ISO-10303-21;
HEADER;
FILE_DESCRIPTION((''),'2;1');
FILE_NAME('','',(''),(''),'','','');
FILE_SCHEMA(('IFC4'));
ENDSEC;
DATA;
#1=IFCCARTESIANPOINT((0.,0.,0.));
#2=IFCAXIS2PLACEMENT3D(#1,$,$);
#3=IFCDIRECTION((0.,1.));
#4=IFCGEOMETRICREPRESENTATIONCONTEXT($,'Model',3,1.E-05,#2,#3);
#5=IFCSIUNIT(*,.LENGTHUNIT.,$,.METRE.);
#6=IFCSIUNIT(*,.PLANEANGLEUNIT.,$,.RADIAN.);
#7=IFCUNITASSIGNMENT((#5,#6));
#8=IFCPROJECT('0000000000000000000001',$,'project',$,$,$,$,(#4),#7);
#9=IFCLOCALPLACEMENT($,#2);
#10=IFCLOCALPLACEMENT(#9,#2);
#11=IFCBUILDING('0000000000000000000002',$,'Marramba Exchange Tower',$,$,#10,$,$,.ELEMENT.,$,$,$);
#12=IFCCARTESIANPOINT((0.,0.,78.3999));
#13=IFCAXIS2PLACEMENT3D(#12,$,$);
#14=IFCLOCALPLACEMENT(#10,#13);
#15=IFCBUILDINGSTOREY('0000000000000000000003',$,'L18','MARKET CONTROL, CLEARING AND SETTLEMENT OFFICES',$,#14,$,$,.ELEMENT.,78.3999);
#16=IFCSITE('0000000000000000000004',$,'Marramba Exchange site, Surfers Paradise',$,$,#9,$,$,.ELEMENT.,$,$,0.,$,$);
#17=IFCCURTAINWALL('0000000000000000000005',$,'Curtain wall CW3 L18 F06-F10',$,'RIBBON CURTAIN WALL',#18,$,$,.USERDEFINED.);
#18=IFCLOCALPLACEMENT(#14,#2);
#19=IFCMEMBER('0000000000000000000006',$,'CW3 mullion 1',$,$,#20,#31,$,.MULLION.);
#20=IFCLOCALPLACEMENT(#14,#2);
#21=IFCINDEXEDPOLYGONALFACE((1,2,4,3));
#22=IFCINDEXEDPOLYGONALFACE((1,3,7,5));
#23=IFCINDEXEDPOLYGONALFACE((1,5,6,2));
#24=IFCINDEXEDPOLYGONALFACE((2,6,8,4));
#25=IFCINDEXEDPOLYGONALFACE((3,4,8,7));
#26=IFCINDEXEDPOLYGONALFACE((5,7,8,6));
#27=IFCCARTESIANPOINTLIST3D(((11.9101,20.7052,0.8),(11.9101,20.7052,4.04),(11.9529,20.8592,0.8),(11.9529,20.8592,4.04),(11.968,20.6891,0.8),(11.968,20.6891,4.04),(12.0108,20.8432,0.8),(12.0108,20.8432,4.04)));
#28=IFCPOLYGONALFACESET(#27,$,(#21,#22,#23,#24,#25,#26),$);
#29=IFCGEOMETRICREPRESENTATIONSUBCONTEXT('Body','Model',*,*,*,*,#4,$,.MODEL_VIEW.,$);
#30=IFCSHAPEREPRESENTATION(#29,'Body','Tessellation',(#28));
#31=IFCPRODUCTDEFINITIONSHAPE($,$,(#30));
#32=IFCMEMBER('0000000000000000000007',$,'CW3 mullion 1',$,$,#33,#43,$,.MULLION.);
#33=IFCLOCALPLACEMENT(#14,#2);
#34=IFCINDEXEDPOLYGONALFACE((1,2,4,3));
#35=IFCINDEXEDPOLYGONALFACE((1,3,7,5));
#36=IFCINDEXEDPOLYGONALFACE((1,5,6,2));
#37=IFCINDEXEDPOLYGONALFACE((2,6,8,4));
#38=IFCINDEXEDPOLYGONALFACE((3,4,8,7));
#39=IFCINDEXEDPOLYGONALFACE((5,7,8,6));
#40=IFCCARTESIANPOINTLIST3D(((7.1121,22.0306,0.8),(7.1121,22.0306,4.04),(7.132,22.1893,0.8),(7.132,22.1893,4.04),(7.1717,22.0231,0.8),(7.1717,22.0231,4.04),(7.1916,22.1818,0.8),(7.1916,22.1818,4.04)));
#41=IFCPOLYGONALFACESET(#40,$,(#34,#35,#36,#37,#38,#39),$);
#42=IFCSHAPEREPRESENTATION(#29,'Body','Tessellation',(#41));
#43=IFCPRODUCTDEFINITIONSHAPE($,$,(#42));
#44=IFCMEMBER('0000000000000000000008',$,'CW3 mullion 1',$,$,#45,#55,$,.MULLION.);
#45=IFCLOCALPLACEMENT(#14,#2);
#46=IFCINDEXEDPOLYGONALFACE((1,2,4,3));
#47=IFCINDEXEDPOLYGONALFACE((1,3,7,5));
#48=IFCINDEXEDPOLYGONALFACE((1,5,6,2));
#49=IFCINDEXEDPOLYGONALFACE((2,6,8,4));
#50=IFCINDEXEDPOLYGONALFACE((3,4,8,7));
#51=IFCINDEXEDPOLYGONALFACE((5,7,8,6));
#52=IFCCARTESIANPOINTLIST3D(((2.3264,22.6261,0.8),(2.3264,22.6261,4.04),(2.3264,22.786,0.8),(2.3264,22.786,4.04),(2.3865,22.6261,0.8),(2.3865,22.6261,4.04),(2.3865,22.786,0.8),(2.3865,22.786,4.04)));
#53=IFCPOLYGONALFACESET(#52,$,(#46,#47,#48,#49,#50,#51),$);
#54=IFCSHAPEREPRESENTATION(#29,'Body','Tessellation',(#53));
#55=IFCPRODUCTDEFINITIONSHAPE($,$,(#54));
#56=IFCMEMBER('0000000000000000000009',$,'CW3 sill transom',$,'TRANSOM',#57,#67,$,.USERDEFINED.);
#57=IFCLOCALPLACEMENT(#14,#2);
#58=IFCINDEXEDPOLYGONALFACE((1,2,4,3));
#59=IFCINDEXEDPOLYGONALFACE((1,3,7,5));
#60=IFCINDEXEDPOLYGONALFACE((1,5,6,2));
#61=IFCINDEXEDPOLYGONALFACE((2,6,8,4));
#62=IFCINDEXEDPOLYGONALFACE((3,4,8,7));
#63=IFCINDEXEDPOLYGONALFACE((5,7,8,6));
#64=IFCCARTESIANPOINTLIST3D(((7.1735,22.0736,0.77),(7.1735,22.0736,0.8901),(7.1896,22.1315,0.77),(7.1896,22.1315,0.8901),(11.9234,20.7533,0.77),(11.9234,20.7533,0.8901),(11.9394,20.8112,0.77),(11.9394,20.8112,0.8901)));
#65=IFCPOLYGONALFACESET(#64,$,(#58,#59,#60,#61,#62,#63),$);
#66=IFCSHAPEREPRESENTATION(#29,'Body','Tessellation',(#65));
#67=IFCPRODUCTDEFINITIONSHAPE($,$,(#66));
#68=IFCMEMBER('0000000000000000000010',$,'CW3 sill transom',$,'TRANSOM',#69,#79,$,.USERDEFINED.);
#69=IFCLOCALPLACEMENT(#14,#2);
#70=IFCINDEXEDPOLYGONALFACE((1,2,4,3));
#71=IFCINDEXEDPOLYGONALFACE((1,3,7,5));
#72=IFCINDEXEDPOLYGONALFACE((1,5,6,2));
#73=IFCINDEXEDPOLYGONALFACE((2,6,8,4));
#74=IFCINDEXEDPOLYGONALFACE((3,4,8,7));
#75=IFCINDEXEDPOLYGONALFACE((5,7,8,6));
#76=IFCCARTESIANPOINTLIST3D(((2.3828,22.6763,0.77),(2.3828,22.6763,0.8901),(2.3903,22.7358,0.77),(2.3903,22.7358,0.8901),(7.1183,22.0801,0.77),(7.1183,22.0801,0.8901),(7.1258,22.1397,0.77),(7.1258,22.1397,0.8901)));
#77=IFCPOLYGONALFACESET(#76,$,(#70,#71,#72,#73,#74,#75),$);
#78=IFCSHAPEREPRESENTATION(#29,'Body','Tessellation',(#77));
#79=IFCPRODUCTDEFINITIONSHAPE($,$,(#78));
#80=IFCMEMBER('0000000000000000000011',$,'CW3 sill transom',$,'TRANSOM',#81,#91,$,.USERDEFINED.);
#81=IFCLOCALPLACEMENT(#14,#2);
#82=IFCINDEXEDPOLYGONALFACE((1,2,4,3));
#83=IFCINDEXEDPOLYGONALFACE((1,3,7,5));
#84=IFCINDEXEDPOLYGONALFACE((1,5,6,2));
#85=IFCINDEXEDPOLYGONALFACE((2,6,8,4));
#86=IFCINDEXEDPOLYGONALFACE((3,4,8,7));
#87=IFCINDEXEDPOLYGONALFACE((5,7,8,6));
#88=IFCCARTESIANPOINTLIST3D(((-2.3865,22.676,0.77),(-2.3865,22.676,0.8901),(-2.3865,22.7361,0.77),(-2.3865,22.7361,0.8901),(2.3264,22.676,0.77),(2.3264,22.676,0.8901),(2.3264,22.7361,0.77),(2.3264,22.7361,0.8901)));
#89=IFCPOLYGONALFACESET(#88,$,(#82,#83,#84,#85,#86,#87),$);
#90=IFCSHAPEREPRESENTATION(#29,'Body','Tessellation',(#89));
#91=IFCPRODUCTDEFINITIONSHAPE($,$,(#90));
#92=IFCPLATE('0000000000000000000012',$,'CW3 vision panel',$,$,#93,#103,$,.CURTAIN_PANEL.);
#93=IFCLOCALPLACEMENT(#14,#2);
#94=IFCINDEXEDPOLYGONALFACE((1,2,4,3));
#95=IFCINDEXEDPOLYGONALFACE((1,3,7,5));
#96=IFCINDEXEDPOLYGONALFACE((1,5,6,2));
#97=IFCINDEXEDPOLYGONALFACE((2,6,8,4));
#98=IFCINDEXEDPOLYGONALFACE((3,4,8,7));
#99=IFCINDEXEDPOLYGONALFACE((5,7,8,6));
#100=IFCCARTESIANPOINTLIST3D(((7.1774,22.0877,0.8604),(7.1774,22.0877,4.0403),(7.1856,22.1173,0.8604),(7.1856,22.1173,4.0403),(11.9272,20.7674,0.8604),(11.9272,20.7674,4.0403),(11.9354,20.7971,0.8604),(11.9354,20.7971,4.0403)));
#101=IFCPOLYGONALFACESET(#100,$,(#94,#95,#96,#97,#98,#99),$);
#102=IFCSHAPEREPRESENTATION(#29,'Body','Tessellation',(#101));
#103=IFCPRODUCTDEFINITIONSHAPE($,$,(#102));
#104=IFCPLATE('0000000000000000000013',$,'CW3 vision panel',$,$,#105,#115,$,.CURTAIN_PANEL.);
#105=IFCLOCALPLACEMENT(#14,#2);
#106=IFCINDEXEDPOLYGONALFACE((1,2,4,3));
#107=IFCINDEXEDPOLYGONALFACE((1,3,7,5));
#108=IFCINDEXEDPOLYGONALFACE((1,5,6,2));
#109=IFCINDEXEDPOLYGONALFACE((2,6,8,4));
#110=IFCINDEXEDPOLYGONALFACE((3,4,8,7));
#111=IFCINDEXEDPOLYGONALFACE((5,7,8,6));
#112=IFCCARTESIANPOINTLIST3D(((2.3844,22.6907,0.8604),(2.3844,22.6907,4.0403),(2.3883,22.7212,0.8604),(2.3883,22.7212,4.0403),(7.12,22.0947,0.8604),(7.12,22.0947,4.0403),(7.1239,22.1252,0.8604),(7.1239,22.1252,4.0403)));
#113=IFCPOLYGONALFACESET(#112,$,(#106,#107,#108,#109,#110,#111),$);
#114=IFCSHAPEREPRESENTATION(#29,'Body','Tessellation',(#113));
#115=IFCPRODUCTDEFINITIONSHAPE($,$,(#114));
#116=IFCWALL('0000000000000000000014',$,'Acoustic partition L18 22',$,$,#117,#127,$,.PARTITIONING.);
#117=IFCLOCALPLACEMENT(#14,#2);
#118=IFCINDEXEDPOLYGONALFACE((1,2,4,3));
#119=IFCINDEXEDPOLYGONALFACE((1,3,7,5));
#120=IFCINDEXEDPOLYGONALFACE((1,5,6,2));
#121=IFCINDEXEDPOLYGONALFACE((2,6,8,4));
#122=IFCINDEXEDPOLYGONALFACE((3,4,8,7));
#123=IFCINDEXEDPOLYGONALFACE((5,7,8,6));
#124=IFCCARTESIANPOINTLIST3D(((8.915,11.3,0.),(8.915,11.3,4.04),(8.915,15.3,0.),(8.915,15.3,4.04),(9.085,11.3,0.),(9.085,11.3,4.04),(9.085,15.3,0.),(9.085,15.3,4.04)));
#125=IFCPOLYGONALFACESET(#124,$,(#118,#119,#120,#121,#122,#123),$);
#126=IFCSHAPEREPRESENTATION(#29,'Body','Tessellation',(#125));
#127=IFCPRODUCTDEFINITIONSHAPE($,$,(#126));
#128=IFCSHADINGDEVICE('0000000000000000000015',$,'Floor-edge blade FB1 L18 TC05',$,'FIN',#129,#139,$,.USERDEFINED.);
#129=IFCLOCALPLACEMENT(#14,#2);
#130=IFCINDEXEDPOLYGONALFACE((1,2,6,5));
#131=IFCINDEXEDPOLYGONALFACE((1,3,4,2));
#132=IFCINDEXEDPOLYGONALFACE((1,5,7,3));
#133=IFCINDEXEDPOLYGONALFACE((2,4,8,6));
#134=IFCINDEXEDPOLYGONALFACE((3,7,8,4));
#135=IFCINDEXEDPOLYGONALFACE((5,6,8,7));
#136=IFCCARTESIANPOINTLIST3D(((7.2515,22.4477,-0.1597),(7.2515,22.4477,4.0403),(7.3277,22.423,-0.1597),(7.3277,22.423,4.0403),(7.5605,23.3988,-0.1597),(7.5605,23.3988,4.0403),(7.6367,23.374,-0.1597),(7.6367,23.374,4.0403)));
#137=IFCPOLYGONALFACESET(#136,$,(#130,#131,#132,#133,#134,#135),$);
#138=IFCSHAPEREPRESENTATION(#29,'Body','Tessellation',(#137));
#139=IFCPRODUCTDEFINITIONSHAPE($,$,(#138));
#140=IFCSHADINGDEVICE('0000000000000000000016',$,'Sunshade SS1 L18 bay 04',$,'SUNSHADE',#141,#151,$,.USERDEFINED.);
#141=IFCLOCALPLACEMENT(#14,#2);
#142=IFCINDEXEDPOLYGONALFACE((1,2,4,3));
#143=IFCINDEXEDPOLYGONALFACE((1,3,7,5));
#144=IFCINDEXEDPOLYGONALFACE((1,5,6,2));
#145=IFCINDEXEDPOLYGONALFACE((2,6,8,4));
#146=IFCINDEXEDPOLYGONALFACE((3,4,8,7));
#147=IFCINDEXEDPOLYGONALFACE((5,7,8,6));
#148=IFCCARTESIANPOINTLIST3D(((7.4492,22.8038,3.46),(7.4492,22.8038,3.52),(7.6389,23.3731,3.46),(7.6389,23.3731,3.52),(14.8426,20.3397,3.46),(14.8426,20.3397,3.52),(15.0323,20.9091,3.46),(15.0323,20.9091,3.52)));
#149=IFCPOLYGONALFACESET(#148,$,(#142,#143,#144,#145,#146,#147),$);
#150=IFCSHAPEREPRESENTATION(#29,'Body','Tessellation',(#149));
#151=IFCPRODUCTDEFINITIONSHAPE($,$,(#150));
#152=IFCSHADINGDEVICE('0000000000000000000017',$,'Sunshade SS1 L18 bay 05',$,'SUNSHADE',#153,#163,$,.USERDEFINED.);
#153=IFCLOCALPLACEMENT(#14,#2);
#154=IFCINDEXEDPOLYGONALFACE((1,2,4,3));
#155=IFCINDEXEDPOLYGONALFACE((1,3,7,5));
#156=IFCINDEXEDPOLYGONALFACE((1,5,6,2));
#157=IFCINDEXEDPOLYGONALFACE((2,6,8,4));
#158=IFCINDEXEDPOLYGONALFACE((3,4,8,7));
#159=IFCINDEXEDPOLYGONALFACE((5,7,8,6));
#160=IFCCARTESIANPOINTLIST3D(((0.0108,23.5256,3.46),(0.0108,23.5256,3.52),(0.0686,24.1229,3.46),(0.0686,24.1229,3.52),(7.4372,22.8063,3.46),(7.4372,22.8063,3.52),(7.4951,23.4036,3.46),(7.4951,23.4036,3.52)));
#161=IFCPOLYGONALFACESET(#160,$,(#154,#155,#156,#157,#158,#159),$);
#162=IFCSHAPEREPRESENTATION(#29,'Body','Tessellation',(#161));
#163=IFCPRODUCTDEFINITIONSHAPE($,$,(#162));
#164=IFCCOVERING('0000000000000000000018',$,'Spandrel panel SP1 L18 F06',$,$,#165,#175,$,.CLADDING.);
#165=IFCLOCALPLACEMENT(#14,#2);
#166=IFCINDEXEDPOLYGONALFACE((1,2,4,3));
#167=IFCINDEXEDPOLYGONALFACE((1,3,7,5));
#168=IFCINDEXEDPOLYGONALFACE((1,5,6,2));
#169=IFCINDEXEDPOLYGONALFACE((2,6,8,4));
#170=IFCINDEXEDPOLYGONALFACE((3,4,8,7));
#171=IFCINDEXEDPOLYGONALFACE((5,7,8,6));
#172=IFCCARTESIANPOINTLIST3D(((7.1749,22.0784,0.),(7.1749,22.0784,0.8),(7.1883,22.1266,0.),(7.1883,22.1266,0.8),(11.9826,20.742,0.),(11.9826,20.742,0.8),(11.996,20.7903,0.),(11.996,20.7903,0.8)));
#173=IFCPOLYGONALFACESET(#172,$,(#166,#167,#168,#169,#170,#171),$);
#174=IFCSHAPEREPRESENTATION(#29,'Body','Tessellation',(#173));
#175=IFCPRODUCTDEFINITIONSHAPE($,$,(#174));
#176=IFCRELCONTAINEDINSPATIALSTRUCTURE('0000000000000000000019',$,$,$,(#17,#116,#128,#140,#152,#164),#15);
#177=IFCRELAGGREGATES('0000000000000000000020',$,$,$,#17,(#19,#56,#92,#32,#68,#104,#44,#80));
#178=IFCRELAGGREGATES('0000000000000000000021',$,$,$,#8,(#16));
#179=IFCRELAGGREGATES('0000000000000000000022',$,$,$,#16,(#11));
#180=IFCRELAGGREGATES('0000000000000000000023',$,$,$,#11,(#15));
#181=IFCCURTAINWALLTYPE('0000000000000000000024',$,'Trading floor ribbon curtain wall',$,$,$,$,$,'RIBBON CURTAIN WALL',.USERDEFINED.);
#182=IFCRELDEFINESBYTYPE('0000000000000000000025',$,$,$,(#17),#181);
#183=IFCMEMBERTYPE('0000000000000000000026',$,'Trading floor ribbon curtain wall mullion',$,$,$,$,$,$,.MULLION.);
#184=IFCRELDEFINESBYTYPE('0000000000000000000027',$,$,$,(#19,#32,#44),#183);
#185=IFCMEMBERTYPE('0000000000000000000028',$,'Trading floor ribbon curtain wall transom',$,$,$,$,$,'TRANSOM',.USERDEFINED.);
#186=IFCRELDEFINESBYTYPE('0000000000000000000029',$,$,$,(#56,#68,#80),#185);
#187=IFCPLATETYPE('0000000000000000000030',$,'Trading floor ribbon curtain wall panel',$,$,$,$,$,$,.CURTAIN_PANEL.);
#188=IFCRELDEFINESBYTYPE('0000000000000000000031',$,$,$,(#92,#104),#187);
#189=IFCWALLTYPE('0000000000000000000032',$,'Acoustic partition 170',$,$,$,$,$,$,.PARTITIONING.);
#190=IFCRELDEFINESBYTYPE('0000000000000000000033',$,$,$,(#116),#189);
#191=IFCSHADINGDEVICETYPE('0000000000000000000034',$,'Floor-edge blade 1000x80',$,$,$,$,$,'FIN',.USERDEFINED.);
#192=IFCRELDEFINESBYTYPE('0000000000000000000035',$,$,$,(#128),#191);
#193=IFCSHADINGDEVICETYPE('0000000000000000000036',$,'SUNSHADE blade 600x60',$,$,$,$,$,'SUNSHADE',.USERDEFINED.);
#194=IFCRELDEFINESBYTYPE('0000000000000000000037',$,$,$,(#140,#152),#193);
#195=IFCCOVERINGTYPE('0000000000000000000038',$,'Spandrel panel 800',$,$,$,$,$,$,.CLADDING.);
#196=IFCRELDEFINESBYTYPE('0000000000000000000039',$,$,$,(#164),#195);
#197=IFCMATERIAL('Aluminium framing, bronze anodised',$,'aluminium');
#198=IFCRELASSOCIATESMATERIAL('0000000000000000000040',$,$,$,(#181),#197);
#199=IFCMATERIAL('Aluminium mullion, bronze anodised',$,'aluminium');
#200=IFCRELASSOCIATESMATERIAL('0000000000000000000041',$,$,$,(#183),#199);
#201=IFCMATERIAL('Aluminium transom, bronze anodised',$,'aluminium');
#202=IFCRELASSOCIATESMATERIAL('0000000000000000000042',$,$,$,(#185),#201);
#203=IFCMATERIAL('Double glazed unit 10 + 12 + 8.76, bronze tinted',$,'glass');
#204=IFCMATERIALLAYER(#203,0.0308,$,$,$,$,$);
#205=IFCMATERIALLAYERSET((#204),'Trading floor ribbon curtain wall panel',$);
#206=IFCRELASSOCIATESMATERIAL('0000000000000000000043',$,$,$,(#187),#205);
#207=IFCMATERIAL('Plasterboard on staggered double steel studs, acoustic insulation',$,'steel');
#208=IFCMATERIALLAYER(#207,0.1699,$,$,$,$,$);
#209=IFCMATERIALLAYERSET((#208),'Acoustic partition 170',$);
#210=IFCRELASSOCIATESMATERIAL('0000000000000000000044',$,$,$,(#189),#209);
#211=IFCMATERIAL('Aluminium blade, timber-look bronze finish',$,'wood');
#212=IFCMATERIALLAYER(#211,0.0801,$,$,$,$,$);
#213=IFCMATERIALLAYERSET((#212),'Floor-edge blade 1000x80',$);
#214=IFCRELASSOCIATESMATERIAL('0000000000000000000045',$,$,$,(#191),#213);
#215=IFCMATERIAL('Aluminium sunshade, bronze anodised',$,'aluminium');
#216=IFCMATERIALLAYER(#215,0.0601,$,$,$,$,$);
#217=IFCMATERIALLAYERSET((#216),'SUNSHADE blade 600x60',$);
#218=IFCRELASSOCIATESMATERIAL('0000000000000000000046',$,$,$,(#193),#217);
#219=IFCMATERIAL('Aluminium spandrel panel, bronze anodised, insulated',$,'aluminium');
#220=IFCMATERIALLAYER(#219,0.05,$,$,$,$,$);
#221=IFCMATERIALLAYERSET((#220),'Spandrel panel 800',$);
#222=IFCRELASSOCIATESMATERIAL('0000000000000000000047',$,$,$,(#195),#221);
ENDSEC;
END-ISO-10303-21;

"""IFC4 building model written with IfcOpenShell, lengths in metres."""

from ifc_helpers import new_model, si_unit, direction, frame, frame_2d, origin, origin_2d, place, context, subcontext, project, spatial, rectangle, extrude, material, layer, layer_set, material_profile, profile_set, type_object, element, aggregate, save


model = new_model("IFC4")

# Units and contexts
model_context = context("Model", 3, precision=1e-05, world=origin(), true_north=direction((0.0, 1.0)))
body_context = subcontext(model_context, "Body", "Model", "MODEL_VIEW")
ifc_project = project(units=[si_unit("LENGTHUNIT", "METRE"), si_unit("PLANEANGLEUNIT", "RADIAN")], contexts=[model_context])

# Site, building, storey
site_placement = place(None, origin())
site = spatial("IfcSite", under=ifc_project, at=site_placement, Name="Marramba Exchange site, Surfers Paradise", CompositionType="ELEMENT", RefElevation=0.0)
building_placement = place(site_placement, origin())
building = spatial("IfcBuilding", under=site, at=building_placement, Name="Marramba Exchange Tower", CompositionType="ELEMENT")
storey_placement = place(building_placement, frame((0.0, 0.0, 78.3999)))
storey = spatial("IfcBuildingStorey", under=building, at=storey_placement, Name="L18", Description="MARKET CONTROL, CLEARING AND SETTLEMENT OFFICES", CompositionType="ELEMENT", Elevation=78.3999)

# Curtain wall, members, plates
ifc_material_1 = material(Name="Aluminium framing, bronze anodised", Category="aluminium")
curtain_wall_type = type_object("IfcCurtainWallType", Name="Trading floor ribbon curtain wall", ElementType="RIBBON CURTAIN WALL", PredefinedType="USERDEFINED", material=ifc_material_1)
curtain_wall_placement = place(storey_placement, origin())
curtain_wall = element("IfcCurtainWall", 1, at=curtain_wall_placement, inside=storey, type_object=curtain_wall_type, Name="Curtain wall CW3 L18 F06-F10", ObjectType="RIBBON CURTAIN WALL", PredefinedType="USERDEFINED")
ifc_material_2 = material(Name="Aluminium mullion, bronze anodised", Category="aluminium")
ifc_material_profile_1 = material_profile(ifc_material_2, rectangle(XDim=0.1599, YDim=0.0601, at=origin_2d()), Name="CW3 mullion 60x160")
ifc_profile_set_1 = profile_set([ifc_material_profile_1], Name="Aluminium mullion, bronze anodised")
member_type_1 = type_object("IfcMemberType", Name="Trading floor ribbon curtain wall mullion", PredefinedType="MULLION", material=ifc_profile_set_1)
member_1_placement = place(storey_placement, frame((11.9604, 20.7742, 0.8), z_axis=(0.0, 0.0, 1.0), x_axis=(-0.267809, -0.963472, 0.0)))
member_1 = element("IfcMember", 2, at=member_1_placement, type_object=member_type_1, Name="CW3 mullion 1", PredefinedType="MULLION", context=body_context, shape_type="SweptSolid", body=[
    extrude(rectangle(XDim=0.1599, YDim=0.0601, at=origin_2d()), origin(), (0.0, 0.0, 1.0), 3.24),
])
member_2_placement = place(storey_placement, frame((7.1519, 22.1062, 0.8), z_axis=(0.0, 0.0, 1.0), x_axis=(-0.124873, -0.992173, 0.0)))
member_2 = element("IfcMember", 3, at=member_2_placement, type_object=member_type_1, Name="CW3 mullion 1", PredefinedType="MULLION", context=body_context, shape_type="SweptSolid", body=[
    extrude(rectangle(XDim=0.1599, YDim=0.0601, at=origin_2d()), origin(), (0.0, 0.0, 1.0), 3.24),
])
member_3_placement = place(storey_placement, frame((2.3564, 22.7061, 0.8), z_axis=(0.0, 0.0, 1.0), x_axis=(0.0, -1.0, 0.0)))
member_3 = element("IfcMember", 4, at=member_3_placement, type_object=member_type_1, Name="CW3 mullion 1", PredefinedType="MULLION", context=body_context, shape_type="SweptSolid", body=[
    extrude(rectangle(XDim=0.1599, YDim=0.0601, at=origin_2d()), origin(), (0.0, 0.0, 1.0), 3.24),
])
ifc_material_3 = material(Name="Aluminium transom, bronze anodised", Category="aluminium")
ifc_material_profile_2 = material_profile(ifc_material_3, rectangle(XDim=0.0601, YDim=0.1201, at=origin_2d()), Name="CW3 transom 60x120")
ifc_profile_set_2 = profile_set([ifc_material_profile_2], Name="Aluminium transom, bronze anodised")
member_type_2 = type_object("IfcMemberType", Name="Trading floor ribbon curtain wall transom", ElementType="TRANSOM", PredefinedType="USERDEFINED", material=ifc_profile_set_2)
member_4_placement = place(storey_placement, frame((11.9314, 20.7822, 0.8301), z_axis=(-0.963469, 0.26782, 0.0), x_axis=(-0.26782, -0.963469, 0.0)))
member_4 = element("IfcMember", 5, at=member_4_placement, type_object=member_type_2, Name="CW3 sill transom", ObjectType="TRANSOM", PredefinedType="USERDEFINED", context=body_context, shape_type="SweptSolid", body=[
    extrude(rectangle(XDim=0.0601, YDim=0.1201, at=origin_2d()), origin(), (0.0, 0.0, 1.0), 4.9299),
])
member_5_placement = place(storey_placement, frame((7.1221, 22.1099, 0.8301), z_axis=(-0.992168, 0.12491, 0.0), x_axis=(-0.12491, -0.992168, 0.0)))
member_5 = element("IfcMember", 6, at=member_5_placement, type_object=member_type_2, Name="CW3 sill transom", ObjectType="TRANSOM", PredefinedType="USERDEFINED", context=body_context, shape_type="SweptSolid", body=[
    extrude(rectangle(XDim=0.0601, YDim=0.1201, at=origin_2d()), origin(), (0.0, 0.0, 1.0), 4.7729),
])
member_6_placement = place(storey_placement, frame((2.3264, 22.7061, 0.8301), z_axis=(-1.0, 0.0, 0.0), x_axis=(0.0, -1.0, 0.0)))
member_6 = element("IfcMember", 7, at=member_6_placement, type_object=member_type_2, Name="CW3 sill transom", ObjectType="TRANSOM", PredefinedType="USERDEFINED", context=body_context, shape_type="SweptSolid", body=[
    extrude(rectangle(XDim=0.0601, YDim=0.1201, at=origin_2d()), origin(), (0.0, 0.0, 1.0), 4.7129),
])
ifc_material_4 = material(Name="Double glazed unit 10 + 12 + 8.76, bronze tinted", Category="glass")
ifc_layer_1 = layer(ifc_material_4, 0.0308)
ifc_layer_set_1 = layer_set([ifc_layer_1], Name="Trading floor ribbon curtain wall panel")
plate_type = type_object("IfcPlateType", Name="Trading floor ribbon curtain wall panel", PredefinedType="CURTAIN_PANEL", material=ifc_layer_set_1)
plate_1_placement = place(storey_placement, frame((9.5564, 21.4424, 0.8604), z_axis=(0.0, 0.0, 1.0), x_axis=(-0.963472, 0.267809, 0.0)))
plate_1 = element("IfcPlate", 8, at=plate_1_placement, type_object=plate_type, Name="CW3 vision panel", PredefinedType="CURTAIN_PANEL", context=body_context, shape_type="SweptSolid", body=[
    extrude(rectangle(XDim=4.9299, YDim=0.0308, at=origin_2d()), origin(), (0.0, 0.0, 1.0), 3.1799),
])
plate_2_placement = place(storey_placement, frame((4.7542, 22.408, 0.8604), z_axis=(0.0, 0.0, 1.0), x_axis=(-0.992173, 0.124873, 0.0)))
plate_2 = element("IfcPlate", 9, at=plate_2_placement, type_object=plate_type, Name="CW3 vision panel", PredefinedType="CURTAIN_PANEL", context=body_context, shape_type="SweptSolid", body=[
    extrude(rectangle(XDim=4.7729, YDim=0.0308, at=origin_2d()), origin(), (0.0, 0.0, 1.0), 3.1799),
])
aggregate(curtain_wall, [member_1, member_4, plate_1, member_2, member_5, plate_2, member_3, member_6])

# Wall
ifc_material_5 = material(Name="Plasterboard on staggered double steel studs, acoustic insulation", Category="steel")
ifc_layer_2 = layer(ifc_material_5, 0.1699)
ifc_layer_set_2 = layer_set([ifc_layer_2], Name="Acoustic partition 170")
wall_type = type_object("IfcWallType", Name="Acoustic partition 170", PredefinedType="PARTITIONING", material=ifc_layer_set_2)
wall_placement = place(storey_placement, frame((9.0, 15.3, 0.0), z_axis=(0.0, 0.0, 1.0), x_axis=(0.0, -1.0, 0.0)))
element("IfcWall", 10, at=wall_placement, inside=storey, type_object=wall_type, Name="Acoustic partition L18 22", PredefinedType="PARTITIONING", context=body_context, shape_type="SweptSolid", body=[
    extrude(rectangle(XDim=4.0, YDim=0.1699, at=frame_2d((2.0, 0.0))), origin(), (0.0, 0.0, 1.0), 4.04),
])

# Shading devices
ifc_material_6 = material(Name="Aluminium blade, timber-look bronze finish", Category="wood")
ifc_layer_3 = layer(ifc_material_6, 0.0801)
ifc_layer_set_3 = layer_set([ifc_layer_3], Name="Floor-edge blade 1000x80")
shading_device_type_1 = type_object("IfcShadingDeviceType", Name="Floor-edge blade 1000x80", ElementType="FIN", PredefinedType="USERDEFINED", material=ifc_layer_set_3)
shading_device_1_placement = place(storey_placement, frame((7.4441, 22.9109, -0.1597), z_axis=(0.0, 0.0, 1.0), x_axis=(0.309017, 0.951057, 0.0)))
element("IfcShadingDevice", 11, at=shading_device_1_placement, inside=storey, type_object=shading_device_type_1, Name="Floor-edge blade FB1 L18 TC05", ObjectType="FIN", PredefinedType="USERDEFINED", context=body_context, shape_type="SweptSolid", body=[
    extrude(rectangle(XDim=1.0, YDim=0.0801, at=origin_2d()), origin(), (0.0, 0.0, 1.0), 4.2),
])
ifc_material_7 = material(Name="Aluminium sunshade, bronze anodised", Category="aluminium")
ifc_layer_4 = layer(ifc_material_7, 0.0601)
ifc_layer_set_4 = layer_set([ifc_layer_4], Name="SUNSHADE blade 600x60")
shading_device_type_2 = type_object("IfcShadingDeviceType", Name="SUNSHADE blade 600x60", ElementType="SUNSHADE", PredefinedType="USERDEFINED", material=ifc_layer_set_4)
shading_device_2_placement = place(storey_placement, frame((11.2407, 21.8564, 3.46), z_axis=(0.0, 0.0, 1.0), x_axis=(-0.948698, 0.316184, 0.0)))
element("IfcShadingDevice", 12, at=shading_device_2_placement, inside=storey, type_object=shading_device_type_2, Name="Sunshade SS1 L18 bay 04", ObjectType="SUNSHADE", PredefinedType="USERDEFINED", context=body_context, shape_type="SweptSolid", body=[
    extrude(rectangle(XDim=7.7932, YDim=0.6001, at=origin_2d()), origin(), (0.0, 0.0, 1.0), 0.0601),
])
shading_device_3_placement = place(storey_placement, frame((3.7529, 23.4646, 3.46), z_axis=(0.0, 0.0, 1.0), x_axis=(-0.995343, 0.096398, 0.0)))
element("IfcShadingDevice", 13, at=shading_device_3_placement, inside=storey, type_object=shading_device_type_2, Name="Sunshade SS1 L18 bay 05", ObjectType="SUNSHADE", PredefinedType="USERDEFINED", context=body_context, shape_type="SweptSolid", body=[
    extrude(rectangle(XDim=7.4612, YDim=0.6001, at=origin_2d()), origin(), (0.0, 0.0, 1.0), 0.0601),
])

# Covering
ifc_material_8 = material(Name="Aluminium spandrel panel, bronze anodised, insulated", Category="aluminium")
ifc_layer_5 = layer(ifc_material_8, 0.05)
ifc_layer_set_5 = layer_set([ifc_layer_5], Name="Spandrel panel 800")
covering_type = type_object("IfcCoveringType", Name="Spandrel panel 800", PredefinedType="CLADDING", material=ifc_layer_set_5)
covering_1_placement = place(storey_placement, frame((9.5854, 21.4343, 0.0), z_axis=(0.0, 0.0, 1.0), x_axis=(-0.963472, 0.267809, 0.0)))
element("IfcCovering", 14, at=covering_1_placement, inside=storey, type_object=covering_type, Name="Spandrel panel SP1 L18 F06", PredefinedType="CLADDING", context=body_context, shape_type="SweptSolid", body=[
    extrude(rectangle(XDim=4.99, YDim=0.05, at=origin_2d()), origin(), (0.0, 0.0, 1.0), 0.8),
])

save(model, "model.ifc")
